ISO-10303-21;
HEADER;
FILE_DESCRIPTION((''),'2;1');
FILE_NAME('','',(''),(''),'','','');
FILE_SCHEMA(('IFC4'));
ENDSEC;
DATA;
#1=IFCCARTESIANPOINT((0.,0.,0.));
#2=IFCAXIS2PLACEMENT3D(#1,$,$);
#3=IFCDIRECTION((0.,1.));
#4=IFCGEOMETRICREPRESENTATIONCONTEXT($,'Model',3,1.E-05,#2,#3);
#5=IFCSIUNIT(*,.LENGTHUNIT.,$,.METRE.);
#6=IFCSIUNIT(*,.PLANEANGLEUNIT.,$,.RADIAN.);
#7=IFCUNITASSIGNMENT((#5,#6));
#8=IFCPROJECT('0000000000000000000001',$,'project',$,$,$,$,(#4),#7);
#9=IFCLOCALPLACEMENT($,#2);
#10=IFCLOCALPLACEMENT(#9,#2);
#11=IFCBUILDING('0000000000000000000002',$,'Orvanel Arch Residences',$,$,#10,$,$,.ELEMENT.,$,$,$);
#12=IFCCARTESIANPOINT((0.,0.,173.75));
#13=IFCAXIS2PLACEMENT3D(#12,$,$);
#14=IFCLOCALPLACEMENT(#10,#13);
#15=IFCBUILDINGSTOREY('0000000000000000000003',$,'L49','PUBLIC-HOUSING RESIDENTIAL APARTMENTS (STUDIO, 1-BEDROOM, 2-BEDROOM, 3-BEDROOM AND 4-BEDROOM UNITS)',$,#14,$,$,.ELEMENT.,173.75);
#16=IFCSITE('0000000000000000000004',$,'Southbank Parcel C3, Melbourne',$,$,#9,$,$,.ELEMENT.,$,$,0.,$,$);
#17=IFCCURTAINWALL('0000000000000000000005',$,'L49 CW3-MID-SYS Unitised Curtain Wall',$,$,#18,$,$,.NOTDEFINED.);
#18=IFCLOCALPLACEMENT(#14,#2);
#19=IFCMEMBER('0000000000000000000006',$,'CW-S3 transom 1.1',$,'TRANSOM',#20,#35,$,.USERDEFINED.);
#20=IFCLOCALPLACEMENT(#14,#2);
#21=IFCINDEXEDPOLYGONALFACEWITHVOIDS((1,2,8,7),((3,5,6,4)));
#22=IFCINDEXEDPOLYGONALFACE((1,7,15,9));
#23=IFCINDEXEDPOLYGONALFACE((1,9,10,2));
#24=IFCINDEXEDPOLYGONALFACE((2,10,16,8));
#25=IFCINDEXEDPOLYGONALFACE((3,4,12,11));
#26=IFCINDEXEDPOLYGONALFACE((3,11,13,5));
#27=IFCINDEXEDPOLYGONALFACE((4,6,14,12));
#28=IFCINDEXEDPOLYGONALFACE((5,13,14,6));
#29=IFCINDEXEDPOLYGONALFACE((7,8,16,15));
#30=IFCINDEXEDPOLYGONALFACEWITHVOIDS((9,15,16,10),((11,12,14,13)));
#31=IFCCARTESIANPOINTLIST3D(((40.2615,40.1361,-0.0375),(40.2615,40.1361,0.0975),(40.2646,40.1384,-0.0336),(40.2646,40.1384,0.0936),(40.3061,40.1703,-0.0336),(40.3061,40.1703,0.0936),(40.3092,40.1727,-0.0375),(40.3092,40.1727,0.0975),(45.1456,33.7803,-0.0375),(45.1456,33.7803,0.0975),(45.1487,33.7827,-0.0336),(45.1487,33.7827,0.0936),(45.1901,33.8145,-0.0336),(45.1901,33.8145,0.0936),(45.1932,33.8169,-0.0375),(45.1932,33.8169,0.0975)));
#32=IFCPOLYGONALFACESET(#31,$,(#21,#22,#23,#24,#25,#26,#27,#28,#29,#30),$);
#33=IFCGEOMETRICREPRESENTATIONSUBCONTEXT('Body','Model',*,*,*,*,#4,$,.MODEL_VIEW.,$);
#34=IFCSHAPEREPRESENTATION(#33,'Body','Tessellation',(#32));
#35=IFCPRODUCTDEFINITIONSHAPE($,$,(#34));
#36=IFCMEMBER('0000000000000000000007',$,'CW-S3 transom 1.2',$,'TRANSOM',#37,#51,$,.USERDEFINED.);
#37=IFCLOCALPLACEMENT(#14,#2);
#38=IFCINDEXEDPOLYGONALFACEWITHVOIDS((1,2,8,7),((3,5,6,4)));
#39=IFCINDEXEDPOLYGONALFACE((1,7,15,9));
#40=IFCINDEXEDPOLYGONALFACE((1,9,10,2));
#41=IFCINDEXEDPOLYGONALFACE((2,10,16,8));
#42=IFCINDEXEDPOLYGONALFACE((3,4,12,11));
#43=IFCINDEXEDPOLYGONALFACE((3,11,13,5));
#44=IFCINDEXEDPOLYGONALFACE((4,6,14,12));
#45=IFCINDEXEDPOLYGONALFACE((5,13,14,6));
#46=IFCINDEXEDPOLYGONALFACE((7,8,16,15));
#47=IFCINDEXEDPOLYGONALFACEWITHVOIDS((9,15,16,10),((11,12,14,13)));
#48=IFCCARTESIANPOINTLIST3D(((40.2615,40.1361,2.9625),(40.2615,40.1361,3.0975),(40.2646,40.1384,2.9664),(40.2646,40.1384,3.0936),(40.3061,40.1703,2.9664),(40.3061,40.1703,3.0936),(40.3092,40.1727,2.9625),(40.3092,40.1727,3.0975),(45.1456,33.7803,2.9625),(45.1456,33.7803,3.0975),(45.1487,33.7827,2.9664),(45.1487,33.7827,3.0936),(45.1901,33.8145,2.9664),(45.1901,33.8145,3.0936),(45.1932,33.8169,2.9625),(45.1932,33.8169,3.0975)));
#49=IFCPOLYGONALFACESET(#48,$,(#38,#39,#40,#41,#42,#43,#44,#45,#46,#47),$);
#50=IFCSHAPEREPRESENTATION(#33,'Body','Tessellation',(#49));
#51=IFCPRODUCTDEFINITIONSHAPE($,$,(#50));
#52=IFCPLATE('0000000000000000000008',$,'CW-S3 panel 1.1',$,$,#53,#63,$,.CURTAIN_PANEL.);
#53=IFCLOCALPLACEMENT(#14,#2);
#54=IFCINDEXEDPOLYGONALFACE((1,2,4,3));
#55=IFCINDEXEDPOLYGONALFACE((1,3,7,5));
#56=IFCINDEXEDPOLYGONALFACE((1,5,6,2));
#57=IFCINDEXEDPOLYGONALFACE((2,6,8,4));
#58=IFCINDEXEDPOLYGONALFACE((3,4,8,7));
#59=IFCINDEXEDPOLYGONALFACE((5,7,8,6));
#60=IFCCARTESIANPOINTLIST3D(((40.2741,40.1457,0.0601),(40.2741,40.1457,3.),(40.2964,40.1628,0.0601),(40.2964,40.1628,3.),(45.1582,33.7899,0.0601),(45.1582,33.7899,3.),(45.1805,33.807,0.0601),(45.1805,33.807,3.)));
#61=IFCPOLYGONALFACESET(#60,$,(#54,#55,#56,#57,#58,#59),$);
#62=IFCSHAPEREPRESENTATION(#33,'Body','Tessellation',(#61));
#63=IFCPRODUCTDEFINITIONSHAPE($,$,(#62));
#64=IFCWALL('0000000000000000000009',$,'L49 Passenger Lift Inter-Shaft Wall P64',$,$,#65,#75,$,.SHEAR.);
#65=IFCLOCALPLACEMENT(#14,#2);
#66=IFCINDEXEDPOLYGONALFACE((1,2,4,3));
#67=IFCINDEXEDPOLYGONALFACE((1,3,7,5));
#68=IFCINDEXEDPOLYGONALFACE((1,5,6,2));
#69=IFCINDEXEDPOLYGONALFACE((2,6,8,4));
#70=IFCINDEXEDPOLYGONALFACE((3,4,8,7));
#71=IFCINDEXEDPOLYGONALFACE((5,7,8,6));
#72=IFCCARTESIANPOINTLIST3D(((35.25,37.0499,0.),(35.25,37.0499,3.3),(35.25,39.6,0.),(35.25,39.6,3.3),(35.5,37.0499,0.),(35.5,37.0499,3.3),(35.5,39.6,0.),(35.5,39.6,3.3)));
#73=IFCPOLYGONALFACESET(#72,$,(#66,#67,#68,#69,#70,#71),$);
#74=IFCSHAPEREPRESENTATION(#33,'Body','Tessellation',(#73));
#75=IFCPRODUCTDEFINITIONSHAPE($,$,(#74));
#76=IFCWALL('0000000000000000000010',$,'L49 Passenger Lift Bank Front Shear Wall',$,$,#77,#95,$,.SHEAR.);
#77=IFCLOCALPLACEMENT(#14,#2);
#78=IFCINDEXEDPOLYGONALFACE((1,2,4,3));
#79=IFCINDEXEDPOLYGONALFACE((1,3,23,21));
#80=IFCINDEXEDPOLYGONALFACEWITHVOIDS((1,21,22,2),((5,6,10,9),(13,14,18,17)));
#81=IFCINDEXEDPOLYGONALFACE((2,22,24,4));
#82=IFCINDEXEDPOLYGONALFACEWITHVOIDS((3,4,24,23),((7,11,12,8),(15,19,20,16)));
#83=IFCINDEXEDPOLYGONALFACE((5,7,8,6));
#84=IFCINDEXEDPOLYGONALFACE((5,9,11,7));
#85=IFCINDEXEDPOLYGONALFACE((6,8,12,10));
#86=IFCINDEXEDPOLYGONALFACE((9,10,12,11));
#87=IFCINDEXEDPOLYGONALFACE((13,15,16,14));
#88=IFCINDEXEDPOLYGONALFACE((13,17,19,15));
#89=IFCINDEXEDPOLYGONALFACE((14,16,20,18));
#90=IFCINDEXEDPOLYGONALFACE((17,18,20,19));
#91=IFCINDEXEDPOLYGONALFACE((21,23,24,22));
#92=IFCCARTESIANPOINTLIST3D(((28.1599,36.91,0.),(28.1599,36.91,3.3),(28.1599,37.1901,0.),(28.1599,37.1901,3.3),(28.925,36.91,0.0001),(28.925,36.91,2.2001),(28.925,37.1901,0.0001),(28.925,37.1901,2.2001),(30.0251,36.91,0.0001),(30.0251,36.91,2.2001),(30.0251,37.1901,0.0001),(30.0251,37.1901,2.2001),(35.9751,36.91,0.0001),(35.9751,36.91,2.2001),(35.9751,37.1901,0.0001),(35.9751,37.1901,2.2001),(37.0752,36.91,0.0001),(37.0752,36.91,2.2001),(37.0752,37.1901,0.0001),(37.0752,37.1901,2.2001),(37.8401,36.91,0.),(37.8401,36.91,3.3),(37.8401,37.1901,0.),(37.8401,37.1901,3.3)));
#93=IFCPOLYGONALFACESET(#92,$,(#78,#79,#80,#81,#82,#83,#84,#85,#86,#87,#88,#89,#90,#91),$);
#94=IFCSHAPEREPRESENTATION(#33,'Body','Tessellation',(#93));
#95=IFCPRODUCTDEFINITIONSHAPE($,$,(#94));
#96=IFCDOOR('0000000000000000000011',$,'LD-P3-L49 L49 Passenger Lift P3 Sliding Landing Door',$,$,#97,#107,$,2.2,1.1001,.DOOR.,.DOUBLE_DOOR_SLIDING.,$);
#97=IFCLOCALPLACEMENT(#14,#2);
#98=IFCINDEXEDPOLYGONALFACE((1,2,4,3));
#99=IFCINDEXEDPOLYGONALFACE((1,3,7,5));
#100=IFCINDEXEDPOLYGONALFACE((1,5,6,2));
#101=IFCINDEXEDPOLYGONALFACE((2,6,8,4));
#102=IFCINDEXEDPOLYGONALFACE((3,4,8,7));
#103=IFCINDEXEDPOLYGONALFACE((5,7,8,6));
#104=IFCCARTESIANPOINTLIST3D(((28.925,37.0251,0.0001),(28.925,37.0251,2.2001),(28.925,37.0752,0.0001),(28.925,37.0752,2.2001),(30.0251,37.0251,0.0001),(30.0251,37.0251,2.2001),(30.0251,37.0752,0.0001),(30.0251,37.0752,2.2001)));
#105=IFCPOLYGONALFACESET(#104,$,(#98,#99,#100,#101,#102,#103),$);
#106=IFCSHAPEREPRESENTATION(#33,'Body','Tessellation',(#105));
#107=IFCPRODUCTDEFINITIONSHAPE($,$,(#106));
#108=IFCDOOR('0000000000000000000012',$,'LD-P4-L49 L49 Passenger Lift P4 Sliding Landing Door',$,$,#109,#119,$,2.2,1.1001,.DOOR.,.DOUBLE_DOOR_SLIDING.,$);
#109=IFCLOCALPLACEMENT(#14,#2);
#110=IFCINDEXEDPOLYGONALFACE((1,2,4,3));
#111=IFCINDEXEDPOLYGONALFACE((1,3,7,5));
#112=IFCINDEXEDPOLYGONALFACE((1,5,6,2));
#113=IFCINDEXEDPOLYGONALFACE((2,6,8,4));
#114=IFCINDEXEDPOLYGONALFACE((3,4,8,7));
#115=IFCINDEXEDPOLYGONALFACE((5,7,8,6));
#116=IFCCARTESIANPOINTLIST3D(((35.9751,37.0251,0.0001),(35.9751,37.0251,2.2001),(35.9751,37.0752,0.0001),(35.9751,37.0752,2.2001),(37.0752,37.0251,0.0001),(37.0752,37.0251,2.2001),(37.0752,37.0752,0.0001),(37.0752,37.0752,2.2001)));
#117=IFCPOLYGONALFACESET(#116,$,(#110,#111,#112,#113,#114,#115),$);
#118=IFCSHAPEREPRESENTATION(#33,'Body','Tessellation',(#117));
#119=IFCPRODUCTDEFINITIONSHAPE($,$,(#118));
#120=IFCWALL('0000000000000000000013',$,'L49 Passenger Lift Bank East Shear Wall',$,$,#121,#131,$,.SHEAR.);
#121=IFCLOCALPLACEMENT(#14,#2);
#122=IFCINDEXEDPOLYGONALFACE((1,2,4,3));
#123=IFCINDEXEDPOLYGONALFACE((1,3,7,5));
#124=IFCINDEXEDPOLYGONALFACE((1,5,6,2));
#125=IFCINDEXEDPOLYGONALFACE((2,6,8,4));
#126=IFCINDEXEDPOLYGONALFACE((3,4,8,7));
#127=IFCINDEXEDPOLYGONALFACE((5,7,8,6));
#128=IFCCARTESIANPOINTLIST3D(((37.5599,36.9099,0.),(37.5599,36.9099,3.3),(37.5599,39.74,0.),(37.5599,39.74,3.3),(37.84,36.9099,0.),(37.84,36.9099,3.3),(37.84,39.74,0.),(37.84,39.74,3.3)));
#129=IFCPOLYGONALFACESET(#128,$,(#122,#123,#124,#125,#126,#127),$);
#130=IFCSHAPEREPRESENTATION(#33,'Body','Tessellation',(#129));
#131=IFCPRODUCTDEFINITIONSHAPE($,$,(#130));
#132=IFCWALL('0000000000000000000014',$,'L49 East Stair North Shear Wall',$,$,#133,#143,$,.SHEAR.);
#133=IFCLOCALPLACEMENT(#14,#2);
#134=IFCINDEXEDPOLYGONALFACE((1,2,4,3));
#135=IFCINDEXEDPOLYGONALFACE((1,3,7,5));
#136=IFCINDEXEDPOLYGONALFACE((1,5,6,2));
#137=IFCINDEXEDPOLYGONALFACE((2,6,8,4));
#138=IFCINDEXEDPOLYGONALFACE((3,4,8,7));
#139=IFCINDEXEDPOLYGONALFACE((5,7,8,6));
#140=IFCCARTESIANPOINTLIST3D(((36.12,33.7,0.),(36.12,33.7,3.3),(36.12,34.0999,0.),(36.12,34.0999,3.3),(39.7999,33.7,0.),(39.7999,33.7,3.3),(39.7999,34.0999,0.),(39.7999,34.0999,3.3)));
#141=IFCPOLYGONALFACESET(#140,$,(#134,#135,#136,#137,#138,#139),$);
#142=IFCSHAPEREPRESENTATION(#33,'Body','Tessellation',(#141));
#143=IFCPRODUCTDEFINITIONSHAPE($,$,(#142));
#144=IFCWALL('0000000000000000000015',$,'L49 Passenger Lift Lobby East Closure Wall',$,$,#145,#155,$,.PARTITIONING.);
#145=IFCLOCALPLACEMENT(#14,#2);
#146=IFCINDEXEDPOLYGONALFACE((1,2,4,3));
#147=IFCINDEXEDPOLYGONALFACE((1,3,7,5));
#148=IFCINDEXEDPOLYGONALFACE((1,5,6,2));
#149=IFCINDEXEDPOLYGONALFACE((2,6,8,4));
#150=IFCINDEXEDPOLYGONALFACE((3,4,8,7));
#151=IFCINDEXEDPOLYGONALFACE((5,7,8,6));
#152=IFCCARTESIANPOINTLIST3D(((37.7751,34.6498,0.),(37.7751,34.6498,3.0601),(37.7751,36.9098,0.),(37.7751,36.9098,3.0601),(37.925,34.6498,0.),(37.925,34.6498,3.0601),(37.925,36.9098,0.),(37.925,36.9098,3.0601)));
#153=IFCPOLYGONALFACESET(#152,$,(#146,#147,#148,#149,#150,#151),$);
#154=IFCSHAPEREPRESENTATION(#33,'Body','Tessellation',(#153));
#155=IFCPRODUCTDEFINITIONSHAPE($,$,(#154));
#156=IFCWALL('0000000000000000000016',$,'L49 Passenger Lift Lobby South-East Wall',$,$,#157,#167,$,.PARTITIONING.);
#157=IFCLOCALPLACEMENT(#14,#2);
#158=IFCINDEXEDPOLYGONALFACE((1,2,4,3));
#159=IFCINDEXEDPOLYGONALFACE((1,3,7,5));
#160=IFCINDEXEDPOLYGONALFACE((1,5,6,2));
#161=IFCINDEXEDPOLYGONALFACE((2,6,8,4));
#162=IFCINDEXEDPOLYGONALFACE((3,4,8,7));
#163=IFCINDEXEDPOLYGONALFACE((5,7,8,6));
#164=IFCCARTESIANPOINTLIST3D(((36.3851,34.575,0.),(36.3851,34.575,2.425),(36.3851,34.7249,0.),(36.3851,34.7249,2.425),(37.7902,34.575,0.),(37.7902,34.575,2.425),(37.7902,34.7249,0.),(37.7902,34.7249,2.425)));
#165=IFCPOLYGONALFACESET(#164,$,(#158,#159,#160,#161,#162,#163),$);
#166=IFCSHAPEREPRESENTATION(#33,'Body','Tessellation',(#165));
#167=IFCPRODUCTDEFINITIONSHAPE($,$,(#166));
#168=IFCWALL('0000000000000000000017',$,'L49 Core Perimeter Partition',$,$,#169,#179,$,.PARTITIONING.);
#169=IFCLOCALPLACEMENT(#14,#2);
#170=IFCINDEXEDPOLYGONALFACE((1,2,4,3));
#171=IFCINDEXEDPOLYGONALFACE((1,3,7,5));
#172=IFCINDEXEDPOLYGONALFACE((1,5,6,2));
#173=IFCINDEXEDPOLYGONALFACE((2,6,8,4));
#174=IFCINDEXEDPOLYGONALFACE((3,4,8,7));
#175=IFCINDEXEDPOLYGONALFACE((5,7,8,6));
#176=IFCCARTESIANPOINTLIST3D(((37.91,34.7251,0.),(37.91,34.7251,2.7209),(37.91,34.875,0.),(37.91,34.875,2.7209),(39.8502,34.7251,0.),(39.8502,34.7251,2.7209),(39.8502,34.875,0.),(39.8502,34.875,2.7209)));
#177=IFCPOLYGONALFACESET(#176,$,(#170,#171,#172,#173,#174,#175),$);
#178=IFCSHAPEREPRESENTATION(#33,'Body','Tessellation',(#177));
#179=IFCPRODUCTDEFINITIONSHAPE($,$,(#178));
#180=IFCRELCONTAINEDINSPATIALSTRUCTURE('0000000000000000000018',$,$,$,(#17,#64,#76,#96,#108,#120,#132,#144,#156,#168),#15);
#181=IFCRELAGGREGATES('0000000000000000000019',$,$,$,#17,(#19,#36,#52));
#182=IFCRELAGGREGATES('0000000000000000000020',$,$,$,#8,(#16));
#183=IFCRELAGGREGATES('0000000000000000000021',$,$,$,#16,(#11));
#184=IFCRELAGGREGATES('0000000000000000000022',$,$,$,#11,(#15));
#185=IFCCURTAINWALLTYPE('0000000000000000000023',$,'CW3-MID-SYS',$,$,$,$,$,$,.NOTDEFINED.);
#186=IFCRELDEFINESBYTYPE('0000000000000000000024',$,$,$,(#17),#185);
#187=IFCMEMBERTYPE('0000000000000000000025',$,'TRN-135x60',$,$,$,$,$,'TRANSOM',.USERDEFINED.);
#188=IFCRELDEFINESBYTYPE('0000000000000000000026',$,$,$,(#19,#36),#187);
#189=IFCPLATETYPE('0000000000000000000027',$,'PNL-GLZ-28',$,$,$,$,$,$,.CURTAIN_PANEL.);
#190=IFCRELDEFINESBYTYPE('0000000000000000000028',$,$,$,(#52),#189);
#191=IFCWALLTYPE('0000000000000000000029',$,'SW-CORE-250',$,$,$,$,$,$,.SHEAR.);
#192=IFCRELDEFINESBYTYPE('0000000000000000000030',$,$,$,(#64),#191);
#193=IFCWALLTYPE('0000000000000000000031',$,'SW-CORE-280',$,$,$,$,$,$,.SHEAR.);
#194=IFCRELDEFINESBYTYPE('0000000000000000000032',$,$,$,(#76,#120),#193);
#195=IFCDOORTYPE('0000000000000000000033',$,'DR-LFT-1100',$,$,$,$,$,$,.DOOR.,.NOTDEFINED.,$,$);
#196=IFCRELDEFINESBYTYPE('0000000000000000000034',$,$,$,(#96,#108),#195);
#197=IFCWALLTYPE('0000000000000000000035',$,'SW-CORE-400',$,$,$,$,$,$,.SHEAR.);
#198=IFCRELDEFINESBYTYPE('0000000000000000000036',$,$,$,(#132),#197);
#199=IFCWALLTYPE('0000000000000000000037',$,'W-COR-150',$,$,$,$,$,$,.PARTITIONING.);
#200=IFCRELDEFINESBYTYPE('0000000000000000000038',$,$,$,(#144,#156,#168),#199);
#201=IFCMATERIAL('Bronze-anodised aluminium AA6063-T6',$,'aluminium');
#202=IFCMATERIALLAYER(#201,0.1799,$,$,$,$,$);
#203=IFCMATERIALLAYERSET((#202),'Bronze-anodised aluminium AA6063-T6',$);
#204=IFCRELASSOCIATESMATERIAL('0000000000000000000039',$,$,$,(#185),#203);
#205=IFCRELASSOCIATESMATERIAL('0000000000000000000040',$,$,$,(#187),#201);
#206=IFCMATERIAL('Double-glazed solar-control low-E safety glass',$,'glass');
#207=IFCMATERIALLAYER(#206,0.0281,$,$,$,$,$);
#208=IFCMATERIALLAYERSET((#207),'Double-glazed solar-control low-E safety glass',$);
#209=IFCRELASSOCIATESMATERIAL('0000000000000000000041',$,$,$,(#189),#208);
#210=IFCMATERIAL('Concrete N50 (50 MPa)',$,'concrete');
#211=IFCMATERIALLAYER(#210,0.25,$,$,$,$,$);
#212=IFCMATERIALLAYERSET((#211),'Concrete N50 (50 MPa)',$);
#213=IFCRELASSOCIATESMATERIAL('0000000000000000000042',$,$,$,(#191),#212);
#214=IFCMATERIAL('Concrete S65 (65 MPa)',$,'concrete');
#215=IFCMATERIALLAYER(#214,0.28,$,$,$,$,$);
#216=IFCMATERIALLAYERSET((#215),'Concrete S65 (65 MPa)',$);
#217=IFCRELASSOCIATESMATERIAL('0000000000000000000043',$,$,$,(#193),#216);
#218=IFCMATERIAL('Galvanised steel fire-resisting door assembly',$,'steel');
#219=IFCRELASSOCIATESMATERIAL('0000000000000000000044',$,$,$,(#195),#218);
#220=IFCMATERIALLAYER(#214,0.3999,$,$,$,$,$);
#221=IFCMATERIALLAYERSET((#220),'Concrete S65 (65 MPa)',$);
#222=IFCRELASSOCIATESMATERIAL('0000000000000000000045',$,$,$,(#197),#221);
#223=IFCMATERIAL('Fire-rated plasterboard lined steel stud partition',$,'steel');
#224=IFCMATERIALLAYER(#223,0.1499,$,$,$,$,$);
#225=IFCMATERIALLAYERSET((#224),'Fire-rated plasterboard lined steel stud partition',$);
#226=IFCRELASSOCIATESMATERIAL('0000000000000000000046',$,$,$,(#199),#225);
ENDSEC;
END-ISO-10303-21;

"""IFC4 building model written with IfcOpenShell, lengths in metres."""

from ifc_helpers import new_model, si_unit, direction, frame, frame_2d, origin, origin_2d, place, context, subcontext, project, spatial, rectangle, hollow_rectangle, extrude, material, layer, layer_set, material_profile, profile_set, type_object, element, fill, aggregate, save


model = new_model("IFC4")

# Units and contexts
model_context = context("Model", 3, precision=1e-05, world=origin(), true_north=direction((0.0, 1.0)))
body_context = subcontext(model_context, "Body", "Model", "MODEL_VIEW")
ifc_project = project(units=[si_unit("LENGTHUNIT", "METRE"), si_unit("PLANEANGLEUNIT", "RADIAN")], contexts=[model_context])

# Site, building, storey
site_placement = place(None, origin())
site = spatial("IfcSite", under=ifc_project, at=site_placement, Name="Southbank Parcel C3, Melbourne", CompositionType="ELEMENT", RefElevation=0.0)
building_placement = place(site_placement, origin())
building = spatial("IfcBuilding", under=site, at=building_placement, Name="Orvanel Arch Residences", CompositionType="ELEMENT")
storey_placement = place(building_placement, frame((0.0, 0.0, 173.75)))
storey = spatial("IfcBuildingStorey", under=building, at=storey_placement, Name="L49", Description="PUBLIC-HOUSING RESIDENTIAL APARTMENTS (STUDIO, 1-BEDROOM, 2-BEDROOM, 3-BEDROOM AND 4-BEDROOM UNITS)", CompositionType="ELEMENT", Elevation=173.75)

# Shared definitions
ifc_material_1 = material(Name="Concrete S65 (65 MPa)", Category="concrete")

# Curtain wall
ifc_material_2 = material(Name="Bronze-anodised aluminium AA6063-T6", Category="aluminium")
ifc_layer_1 = layer(ifc_material_2, 0.1799)
ifc_layer_set_1 = layer_set([ifc_layer_1], Name="Bronze-anodised aluminium AA6063-T6")
curtain_wall_type = type_object("IfcCurtainWallType", Name="CW3-MID-SYS", PredefinedType="NOTDEFINED", material=ifc_layer_set_1)
curtain_wall_placement = place(storey_placement, origin())
curtain_wall = element("IfcCurtainWall", 1, at=curtain_wall_placement, inside=storey, type_object=curtain_wall_type, Name="L49 CW3-MID-SYS Unitised Curtain Wall", PredefinedType="NOTDEFINED")

# Members
ifc_material_profile_1 = material_profile(ifc_material_2, hollow_rectangle(XDim=0.0601, YDim=0.135, WallThickness=0.0039, at=origin_2d()), Name="ALU135x60x4")
ifc_profile_set_1 = profile_set([ifc_material_profile_1], Name="Bronze-anodised aluminium AA6063-T6")
member_type_1 = type_object("IfcMemberType", Name="TRN-135x60", ElementType="TRANSOM", PredefinedType="USERDEFINED", material=ifc_profile_set_1)
member_1_placement = place(storey_placement, frame((45.1694, 33.7986, 0.03), z_axis=(-0.609321, 0.792924, 0.0), x_axis=(-0.792924, -0.609321, 0.0)))
member_1 = element("IfcMember", 2, at=member_1_placement, type_object=member_type_1, Name="CW-S3 transom 1.1", ObjectType="TRANSOM", PredefinedType="USERDEFINED", context=body_context, shape_type="SweptSolid", body=[
    extrude(hollow_rectangle(XDim=0.0601, YDim=0.135, WallThickness=0.0039, at=origin_2d()), origin(), (0.0, 0.0, 1.0), 8.0156),
])
member_2_placement = place(storey_placement, frame((45.1694, 33.7986, 3.03), z_axis=(-0.609321, 0.792924, 0.0), x_axis=(-0.792924, -0.609321, 0.0)))
member_2 = element("IfcMember", 3, at=member_2_placement, type_object=member_type_1, Name="CW-S3 transom 1.2", ObjectType="TRANSOM", PredefinedType="USERDEFINED", context=body_context, shape_type="SweptSolid", body=[
    extrude(hollow_rectangle(XDim=0.0601, YDim=0.135, WallThickness=0.0039, at=origin_2d()), origin(), (0.0, 0.0, 1.0), 8.0156),
])

# Plate
ifc_material_3 = material(Name="Double-glazed solar-control low-E safety glass", Category="glass")
ifc_layer_2 = layer(ifc_material_3, 0.0281)
ifc_layer_set_2 = layer_set([ifc_layer_2], Name="Double-glazed solar-control low-E safety glass")
plate_type = type_object("IfcPlateType", Name="PNL-GLZ-28", PredefinedType="CURTAIN_PANEL", material=ifc_layer_set_2)
plate_placement = place(storey_placement, frame((42.7273, 36.9763, 0.0601), z_axis=(0.0, 0.0, 1.0), x_axis=(-0.609318, 0.792926, 0.0)))
plate = element("IfcPlate", 4, at=plate_placement, type_object=plate_type, Name="CW-S3 panel 1.1", PredefinedType="CURTAIN_PANEL", context=body_context, shape_type="SweptSolid", body=[
    extrude(rectangle(XDim=8.0156, YDim=0.0281, at=origin_2d()), origin(), (0.0, 0.0, 1.0), 2.9399),
])
aggregate(curtain_wall, [member_1, member_2, plate])

# Wall
ifc_material_4 = material(Name="Concrete N50 (50 MPa)", Category="concrete")
ifc_layer_3 = layer(ifc_material_4, 0.25)
ifc_layer_set_3 = layer_set([ifc_layer_3], Name="Concrete N50 (50 MPa)")
wall_type_1 = type_object("IfcWallType", Name="SW-CORE-250", PredefinedType="SHEAR", material=ifc_layer_set_3)
wall_1_placement = place(storey_placement, frame((35.375, 37.05, 0.0), z_axis=(0.0, 0.0, 1.0), x_axis=(0.0, 1.0, 0.0)))
element("IfcWall", 5, at=wall_1_placement, inside=storey, type_object=wall_type_1, Name="L49 Passenger Lift Inter-Shaft Wall P64", PredefinedType="SHEAR", context=body_context, shape_type="SweptSolid", body=[
    extrude(rectangle(XDim=2.55, YDim=0.25, at=frame_2d((1.2749, 0.0))), origin(), (0.0, 0.0, 1.0), 3.3),
])

# Wall, openings, doors
ifc_layer_4 = layer(ifc_material_1, 0.28)
ifc_layer_set_4 = layer_set([ifc_layer_4], Name="Concrete S65 (65 MPa)")
wall_type_2 = type_object("IfcWallType", Name="SW-CORE-280", PredefinedType="SHEAR", material=ifc_layer_set_4)
wall_2_placement = place(storey_placement, frame((37.8401, 37.05, 0.0), z_axis=(0.0, 0.0, 1.0), x_axis=(-1.0, 0.0, 0.0)))
wall_2 = element("IfcWall", 6, at=wall_2_placement, inside=storey, type_object=wall_type_2, Name="L49 Passenger Lift Bank Front Shear Wall", PredefinedType="SHEAR", context=body_context, shape_type="SweptSolid", body=[
    extrude(rectangle(XDim=9.6802, YDim=0.28, at=frame_2d((4.8401, 0.0))), origin(), (0.0, 0.0, 1.0), 3.3),
])
opening_1_placement = place(wall_2_placement, frame((7.8149, 0.0, 0.0)))
opening_1 = element("IfcOpeningElement", 7, at=opening_1_placement, cuts=wall_2, PredefinedType="OPENING", context=body_context, shape_type="SweptSolid", body=[
    extrude(rectangle(XDim=1.1001, YDim=2.2, at=frame_2d((0.55, 1.1001))), frame((0.0, 0.1499, 0.0), z_axis=(0.0, -1.0, 0.0), x_axis=(1.0, 0.0, 0.0)), (0.0, 0.0, 1.0), 0.3),
])
opening_2_placement = place(wall_2_placement, frame((0.7649, 0.0, 0.0)))
opening_2 = element("IfcOpeningElement", 8, at=opening_2_placement, cuts=wall_2, PredefinedType="OPENING", context=body_context, shape_type="SweptSolid", body=[
    extrude(rectangle(XDim=1.1001, YDim=2.2, at=frame_2d((0.55, 1.1001))), frame((0.0, 0.1499, 0.0), z_axis=(0.0, -1.0, 0.0), x_axis=(1.0, 0.0, 0.0)), (0.0, 0.0, 1.0), 0.3),
])
ifc_material_5 = material(Name="Galvanised steel fire-resisting door assembly", Category="steel")
door_type = type_object("IfcDoorType", Name="DR-LFT-1100", OperationType="NOTDEFINED", PredefinedType="DOOR", material=ifc_material_5)
door_1_placement = place(opening_1_placement, origin())
door_1 = element("IfcDoor", 9, at=door_1_placement, inside=storey, type_object=door_type, Name="LD-P3-L49 L49 Passenger Lift P3 Sliding Landing Door", OperationType="DOUBLE_DOOR_SLIDING", OverallHeight=2.2, OverallWidth=1.1001, PredefinedType="DOOR", context=body_context, shape_type="SweptSolid", body=[
    extrude(rectangle(XDim=1.1001, YDim=2.2, at=frame_2d((0.55, 1.1001))), frame((0.0, 0.0249, 0.0), z_axis=(0.0, -1.0, 0.0), x_axis=(1.0, 0.0, 0.0)), (0.0, 0.0, 1.0), 0.05),
])
fill(opening_1, door_1)
door_2_placement = place(opening_2_placement, origin())
door_2 = element("IfcDoor", 10, at=door_2_placement, inside=storey, type_object=door_type, Name="LD-P4-L49 L49 Passenger Lift P4 Sliding Landing Door", OperationType="DOUBLE_DOOR_SLIDING", OverallHeight=2.2, OverallWidth=1.1001, PredefinedType="DOOR", context=body_context, shape_type="SweptSolid", body=[
    extrude(rectangle(XDim=1.1001, YDim=2.2, at=frame_2d((0.55, 1.1001))), frame((0.0, 0.0249, 0.0), z_axis=(0.0, -1.0, 0.0), x_axis=(1.0, 0.0, 0.0)), (0.0, 0.0, 1.0), 0.05),
])
fill(opening_2, door_2)

# Walls
wall_3_placement = place(storey_placement, frame((37.7, 36.9099, 0.0), z_axis=(0.0, 0.0, 1.0), x_axis=(0.0, 1.0, 0.0)))
element("IfcWall", 11, at=wall_3_placement, inside=storey, type_object=wall_type_2, Name="L49 Passenger Lift Bank East Shear Wall", PredefinedType="SHEAR", context=body_context, shape_type="SweptSolid", body=[
    extrude(rectangle(XDim=2.8301, YDim=0.28, at=frame_2d((1.415, 0.0))), origin(), (0.0, 0.0, 1.0), 3.3),
])
ifc_layer_5 = layer(ifc_material_1, 0.3999)
ifc_layer_set_5 = layer_set([ifc_layer_5], Name="Concrete S65 (65 MPa)")
wall_type_3 = type_object("IfcWallType", Name="SW-CORE-400", PredefinedType="SHEAR", material=ifc_layer_set_5)
wall_4_placement = place(storey_placement, frame((36.1201, 33.8999, 0.0), z_axis=(0.0, 0.0, 1.0), x_axis=(1.0, 0.0, 0.0)))
element("IfcWall", 12, at=wall_4_placement, inside=storey, type_object=wall_type_3, Name="L49 East Stair North Shear Wall", PredefinedType="SHEAR", context=body_context, shape_type="SweptSolid", body=[
    extrude(rectangle(XDim=3.6799, YDim=0.3999, at=frame_2d((1.8398, 0.0))), origin(), (0.0, 0.0, 1.0), 3.3),
])
ifc_material_6 = material(Name="Fire-rated plasterboard lined steel stud partition", Category="steel")
ifc_layer_6 = layer(ifc_material_6, 0.1499)
ifc_layer_set_6 = layer_set([ifc_layer_6], Name="Fire-rated plasterboard lined steel stud partition")
wall_type_4 = type_object("IfcWallType", Name="W-COR-150", PredefinedType="PARTITIONING", material=ifc_layer_set_6)
wall_5_placement = place(storey_placement, frame((37.8501, 34.6499, 0.0), z_axis=(0.0, 0.0, 1.0), x_axis=(0.0, 1.0, 0.0)))
element("IfcWall", 13, at=wall_5_placement, inside=storey, type_object=wall_type_4, Name="L49 Passenger Lift Lobby East Closure Wall", PredefinedType="PARTITIONING", context=body_context, shape_type="SweptSolid", body=[
    extrude(rectangle(XDim=2.26, YDim=0.1499, at=frame_2d((1.1299, 0.0))), origin(), (0.0, 0.0, 1.0), 3.0601),
])
wall_6_placement = place(storey_placement, frame((36.385, 34.6499, 0.0), z_axis=(0.0, 0.0, 1.0), x_axis=(1.0, 0.0, 0.0)))
element("IfcWall", 14, at=wall_6_placement, inside=storey, type_object=wall_type_4, Name="L49 Passenger Lift Lobby South-East Wall", PredefinedType="PARTITIONING", context=body_context, shape_type="SweptSolid", body=[
    extrude(rectangle(XDim=1.405, YDim=0.1499, at=frame_2d((0.7026, 0.0))), origin(), (0.0, 0.0, 1.0), 2.425),
])
wall_7_placement = place(storey_placement, frame((37.9099, 34.8, 0.0), z_axis=(0.0, 0.0, 1.0), x_axis=(1.0, 0.0, 0.0)))
element("IfcWall", 15, at=wall_7_placement, inside=storey, type_object=wall_type_4, Name="L49 Core Perimeter Partition", PredefinedType="PARTITIONING", context=body_context, shape_type="SweptSolid", body=[
    extrude(rectangle(XDim=1.9402, YDim=0.1499, at=frame_2d((0.9702, 0.0))), origin(), (0.0, 0.0, 1.0), 2.7209),
])

save(model, "model.ifc")
